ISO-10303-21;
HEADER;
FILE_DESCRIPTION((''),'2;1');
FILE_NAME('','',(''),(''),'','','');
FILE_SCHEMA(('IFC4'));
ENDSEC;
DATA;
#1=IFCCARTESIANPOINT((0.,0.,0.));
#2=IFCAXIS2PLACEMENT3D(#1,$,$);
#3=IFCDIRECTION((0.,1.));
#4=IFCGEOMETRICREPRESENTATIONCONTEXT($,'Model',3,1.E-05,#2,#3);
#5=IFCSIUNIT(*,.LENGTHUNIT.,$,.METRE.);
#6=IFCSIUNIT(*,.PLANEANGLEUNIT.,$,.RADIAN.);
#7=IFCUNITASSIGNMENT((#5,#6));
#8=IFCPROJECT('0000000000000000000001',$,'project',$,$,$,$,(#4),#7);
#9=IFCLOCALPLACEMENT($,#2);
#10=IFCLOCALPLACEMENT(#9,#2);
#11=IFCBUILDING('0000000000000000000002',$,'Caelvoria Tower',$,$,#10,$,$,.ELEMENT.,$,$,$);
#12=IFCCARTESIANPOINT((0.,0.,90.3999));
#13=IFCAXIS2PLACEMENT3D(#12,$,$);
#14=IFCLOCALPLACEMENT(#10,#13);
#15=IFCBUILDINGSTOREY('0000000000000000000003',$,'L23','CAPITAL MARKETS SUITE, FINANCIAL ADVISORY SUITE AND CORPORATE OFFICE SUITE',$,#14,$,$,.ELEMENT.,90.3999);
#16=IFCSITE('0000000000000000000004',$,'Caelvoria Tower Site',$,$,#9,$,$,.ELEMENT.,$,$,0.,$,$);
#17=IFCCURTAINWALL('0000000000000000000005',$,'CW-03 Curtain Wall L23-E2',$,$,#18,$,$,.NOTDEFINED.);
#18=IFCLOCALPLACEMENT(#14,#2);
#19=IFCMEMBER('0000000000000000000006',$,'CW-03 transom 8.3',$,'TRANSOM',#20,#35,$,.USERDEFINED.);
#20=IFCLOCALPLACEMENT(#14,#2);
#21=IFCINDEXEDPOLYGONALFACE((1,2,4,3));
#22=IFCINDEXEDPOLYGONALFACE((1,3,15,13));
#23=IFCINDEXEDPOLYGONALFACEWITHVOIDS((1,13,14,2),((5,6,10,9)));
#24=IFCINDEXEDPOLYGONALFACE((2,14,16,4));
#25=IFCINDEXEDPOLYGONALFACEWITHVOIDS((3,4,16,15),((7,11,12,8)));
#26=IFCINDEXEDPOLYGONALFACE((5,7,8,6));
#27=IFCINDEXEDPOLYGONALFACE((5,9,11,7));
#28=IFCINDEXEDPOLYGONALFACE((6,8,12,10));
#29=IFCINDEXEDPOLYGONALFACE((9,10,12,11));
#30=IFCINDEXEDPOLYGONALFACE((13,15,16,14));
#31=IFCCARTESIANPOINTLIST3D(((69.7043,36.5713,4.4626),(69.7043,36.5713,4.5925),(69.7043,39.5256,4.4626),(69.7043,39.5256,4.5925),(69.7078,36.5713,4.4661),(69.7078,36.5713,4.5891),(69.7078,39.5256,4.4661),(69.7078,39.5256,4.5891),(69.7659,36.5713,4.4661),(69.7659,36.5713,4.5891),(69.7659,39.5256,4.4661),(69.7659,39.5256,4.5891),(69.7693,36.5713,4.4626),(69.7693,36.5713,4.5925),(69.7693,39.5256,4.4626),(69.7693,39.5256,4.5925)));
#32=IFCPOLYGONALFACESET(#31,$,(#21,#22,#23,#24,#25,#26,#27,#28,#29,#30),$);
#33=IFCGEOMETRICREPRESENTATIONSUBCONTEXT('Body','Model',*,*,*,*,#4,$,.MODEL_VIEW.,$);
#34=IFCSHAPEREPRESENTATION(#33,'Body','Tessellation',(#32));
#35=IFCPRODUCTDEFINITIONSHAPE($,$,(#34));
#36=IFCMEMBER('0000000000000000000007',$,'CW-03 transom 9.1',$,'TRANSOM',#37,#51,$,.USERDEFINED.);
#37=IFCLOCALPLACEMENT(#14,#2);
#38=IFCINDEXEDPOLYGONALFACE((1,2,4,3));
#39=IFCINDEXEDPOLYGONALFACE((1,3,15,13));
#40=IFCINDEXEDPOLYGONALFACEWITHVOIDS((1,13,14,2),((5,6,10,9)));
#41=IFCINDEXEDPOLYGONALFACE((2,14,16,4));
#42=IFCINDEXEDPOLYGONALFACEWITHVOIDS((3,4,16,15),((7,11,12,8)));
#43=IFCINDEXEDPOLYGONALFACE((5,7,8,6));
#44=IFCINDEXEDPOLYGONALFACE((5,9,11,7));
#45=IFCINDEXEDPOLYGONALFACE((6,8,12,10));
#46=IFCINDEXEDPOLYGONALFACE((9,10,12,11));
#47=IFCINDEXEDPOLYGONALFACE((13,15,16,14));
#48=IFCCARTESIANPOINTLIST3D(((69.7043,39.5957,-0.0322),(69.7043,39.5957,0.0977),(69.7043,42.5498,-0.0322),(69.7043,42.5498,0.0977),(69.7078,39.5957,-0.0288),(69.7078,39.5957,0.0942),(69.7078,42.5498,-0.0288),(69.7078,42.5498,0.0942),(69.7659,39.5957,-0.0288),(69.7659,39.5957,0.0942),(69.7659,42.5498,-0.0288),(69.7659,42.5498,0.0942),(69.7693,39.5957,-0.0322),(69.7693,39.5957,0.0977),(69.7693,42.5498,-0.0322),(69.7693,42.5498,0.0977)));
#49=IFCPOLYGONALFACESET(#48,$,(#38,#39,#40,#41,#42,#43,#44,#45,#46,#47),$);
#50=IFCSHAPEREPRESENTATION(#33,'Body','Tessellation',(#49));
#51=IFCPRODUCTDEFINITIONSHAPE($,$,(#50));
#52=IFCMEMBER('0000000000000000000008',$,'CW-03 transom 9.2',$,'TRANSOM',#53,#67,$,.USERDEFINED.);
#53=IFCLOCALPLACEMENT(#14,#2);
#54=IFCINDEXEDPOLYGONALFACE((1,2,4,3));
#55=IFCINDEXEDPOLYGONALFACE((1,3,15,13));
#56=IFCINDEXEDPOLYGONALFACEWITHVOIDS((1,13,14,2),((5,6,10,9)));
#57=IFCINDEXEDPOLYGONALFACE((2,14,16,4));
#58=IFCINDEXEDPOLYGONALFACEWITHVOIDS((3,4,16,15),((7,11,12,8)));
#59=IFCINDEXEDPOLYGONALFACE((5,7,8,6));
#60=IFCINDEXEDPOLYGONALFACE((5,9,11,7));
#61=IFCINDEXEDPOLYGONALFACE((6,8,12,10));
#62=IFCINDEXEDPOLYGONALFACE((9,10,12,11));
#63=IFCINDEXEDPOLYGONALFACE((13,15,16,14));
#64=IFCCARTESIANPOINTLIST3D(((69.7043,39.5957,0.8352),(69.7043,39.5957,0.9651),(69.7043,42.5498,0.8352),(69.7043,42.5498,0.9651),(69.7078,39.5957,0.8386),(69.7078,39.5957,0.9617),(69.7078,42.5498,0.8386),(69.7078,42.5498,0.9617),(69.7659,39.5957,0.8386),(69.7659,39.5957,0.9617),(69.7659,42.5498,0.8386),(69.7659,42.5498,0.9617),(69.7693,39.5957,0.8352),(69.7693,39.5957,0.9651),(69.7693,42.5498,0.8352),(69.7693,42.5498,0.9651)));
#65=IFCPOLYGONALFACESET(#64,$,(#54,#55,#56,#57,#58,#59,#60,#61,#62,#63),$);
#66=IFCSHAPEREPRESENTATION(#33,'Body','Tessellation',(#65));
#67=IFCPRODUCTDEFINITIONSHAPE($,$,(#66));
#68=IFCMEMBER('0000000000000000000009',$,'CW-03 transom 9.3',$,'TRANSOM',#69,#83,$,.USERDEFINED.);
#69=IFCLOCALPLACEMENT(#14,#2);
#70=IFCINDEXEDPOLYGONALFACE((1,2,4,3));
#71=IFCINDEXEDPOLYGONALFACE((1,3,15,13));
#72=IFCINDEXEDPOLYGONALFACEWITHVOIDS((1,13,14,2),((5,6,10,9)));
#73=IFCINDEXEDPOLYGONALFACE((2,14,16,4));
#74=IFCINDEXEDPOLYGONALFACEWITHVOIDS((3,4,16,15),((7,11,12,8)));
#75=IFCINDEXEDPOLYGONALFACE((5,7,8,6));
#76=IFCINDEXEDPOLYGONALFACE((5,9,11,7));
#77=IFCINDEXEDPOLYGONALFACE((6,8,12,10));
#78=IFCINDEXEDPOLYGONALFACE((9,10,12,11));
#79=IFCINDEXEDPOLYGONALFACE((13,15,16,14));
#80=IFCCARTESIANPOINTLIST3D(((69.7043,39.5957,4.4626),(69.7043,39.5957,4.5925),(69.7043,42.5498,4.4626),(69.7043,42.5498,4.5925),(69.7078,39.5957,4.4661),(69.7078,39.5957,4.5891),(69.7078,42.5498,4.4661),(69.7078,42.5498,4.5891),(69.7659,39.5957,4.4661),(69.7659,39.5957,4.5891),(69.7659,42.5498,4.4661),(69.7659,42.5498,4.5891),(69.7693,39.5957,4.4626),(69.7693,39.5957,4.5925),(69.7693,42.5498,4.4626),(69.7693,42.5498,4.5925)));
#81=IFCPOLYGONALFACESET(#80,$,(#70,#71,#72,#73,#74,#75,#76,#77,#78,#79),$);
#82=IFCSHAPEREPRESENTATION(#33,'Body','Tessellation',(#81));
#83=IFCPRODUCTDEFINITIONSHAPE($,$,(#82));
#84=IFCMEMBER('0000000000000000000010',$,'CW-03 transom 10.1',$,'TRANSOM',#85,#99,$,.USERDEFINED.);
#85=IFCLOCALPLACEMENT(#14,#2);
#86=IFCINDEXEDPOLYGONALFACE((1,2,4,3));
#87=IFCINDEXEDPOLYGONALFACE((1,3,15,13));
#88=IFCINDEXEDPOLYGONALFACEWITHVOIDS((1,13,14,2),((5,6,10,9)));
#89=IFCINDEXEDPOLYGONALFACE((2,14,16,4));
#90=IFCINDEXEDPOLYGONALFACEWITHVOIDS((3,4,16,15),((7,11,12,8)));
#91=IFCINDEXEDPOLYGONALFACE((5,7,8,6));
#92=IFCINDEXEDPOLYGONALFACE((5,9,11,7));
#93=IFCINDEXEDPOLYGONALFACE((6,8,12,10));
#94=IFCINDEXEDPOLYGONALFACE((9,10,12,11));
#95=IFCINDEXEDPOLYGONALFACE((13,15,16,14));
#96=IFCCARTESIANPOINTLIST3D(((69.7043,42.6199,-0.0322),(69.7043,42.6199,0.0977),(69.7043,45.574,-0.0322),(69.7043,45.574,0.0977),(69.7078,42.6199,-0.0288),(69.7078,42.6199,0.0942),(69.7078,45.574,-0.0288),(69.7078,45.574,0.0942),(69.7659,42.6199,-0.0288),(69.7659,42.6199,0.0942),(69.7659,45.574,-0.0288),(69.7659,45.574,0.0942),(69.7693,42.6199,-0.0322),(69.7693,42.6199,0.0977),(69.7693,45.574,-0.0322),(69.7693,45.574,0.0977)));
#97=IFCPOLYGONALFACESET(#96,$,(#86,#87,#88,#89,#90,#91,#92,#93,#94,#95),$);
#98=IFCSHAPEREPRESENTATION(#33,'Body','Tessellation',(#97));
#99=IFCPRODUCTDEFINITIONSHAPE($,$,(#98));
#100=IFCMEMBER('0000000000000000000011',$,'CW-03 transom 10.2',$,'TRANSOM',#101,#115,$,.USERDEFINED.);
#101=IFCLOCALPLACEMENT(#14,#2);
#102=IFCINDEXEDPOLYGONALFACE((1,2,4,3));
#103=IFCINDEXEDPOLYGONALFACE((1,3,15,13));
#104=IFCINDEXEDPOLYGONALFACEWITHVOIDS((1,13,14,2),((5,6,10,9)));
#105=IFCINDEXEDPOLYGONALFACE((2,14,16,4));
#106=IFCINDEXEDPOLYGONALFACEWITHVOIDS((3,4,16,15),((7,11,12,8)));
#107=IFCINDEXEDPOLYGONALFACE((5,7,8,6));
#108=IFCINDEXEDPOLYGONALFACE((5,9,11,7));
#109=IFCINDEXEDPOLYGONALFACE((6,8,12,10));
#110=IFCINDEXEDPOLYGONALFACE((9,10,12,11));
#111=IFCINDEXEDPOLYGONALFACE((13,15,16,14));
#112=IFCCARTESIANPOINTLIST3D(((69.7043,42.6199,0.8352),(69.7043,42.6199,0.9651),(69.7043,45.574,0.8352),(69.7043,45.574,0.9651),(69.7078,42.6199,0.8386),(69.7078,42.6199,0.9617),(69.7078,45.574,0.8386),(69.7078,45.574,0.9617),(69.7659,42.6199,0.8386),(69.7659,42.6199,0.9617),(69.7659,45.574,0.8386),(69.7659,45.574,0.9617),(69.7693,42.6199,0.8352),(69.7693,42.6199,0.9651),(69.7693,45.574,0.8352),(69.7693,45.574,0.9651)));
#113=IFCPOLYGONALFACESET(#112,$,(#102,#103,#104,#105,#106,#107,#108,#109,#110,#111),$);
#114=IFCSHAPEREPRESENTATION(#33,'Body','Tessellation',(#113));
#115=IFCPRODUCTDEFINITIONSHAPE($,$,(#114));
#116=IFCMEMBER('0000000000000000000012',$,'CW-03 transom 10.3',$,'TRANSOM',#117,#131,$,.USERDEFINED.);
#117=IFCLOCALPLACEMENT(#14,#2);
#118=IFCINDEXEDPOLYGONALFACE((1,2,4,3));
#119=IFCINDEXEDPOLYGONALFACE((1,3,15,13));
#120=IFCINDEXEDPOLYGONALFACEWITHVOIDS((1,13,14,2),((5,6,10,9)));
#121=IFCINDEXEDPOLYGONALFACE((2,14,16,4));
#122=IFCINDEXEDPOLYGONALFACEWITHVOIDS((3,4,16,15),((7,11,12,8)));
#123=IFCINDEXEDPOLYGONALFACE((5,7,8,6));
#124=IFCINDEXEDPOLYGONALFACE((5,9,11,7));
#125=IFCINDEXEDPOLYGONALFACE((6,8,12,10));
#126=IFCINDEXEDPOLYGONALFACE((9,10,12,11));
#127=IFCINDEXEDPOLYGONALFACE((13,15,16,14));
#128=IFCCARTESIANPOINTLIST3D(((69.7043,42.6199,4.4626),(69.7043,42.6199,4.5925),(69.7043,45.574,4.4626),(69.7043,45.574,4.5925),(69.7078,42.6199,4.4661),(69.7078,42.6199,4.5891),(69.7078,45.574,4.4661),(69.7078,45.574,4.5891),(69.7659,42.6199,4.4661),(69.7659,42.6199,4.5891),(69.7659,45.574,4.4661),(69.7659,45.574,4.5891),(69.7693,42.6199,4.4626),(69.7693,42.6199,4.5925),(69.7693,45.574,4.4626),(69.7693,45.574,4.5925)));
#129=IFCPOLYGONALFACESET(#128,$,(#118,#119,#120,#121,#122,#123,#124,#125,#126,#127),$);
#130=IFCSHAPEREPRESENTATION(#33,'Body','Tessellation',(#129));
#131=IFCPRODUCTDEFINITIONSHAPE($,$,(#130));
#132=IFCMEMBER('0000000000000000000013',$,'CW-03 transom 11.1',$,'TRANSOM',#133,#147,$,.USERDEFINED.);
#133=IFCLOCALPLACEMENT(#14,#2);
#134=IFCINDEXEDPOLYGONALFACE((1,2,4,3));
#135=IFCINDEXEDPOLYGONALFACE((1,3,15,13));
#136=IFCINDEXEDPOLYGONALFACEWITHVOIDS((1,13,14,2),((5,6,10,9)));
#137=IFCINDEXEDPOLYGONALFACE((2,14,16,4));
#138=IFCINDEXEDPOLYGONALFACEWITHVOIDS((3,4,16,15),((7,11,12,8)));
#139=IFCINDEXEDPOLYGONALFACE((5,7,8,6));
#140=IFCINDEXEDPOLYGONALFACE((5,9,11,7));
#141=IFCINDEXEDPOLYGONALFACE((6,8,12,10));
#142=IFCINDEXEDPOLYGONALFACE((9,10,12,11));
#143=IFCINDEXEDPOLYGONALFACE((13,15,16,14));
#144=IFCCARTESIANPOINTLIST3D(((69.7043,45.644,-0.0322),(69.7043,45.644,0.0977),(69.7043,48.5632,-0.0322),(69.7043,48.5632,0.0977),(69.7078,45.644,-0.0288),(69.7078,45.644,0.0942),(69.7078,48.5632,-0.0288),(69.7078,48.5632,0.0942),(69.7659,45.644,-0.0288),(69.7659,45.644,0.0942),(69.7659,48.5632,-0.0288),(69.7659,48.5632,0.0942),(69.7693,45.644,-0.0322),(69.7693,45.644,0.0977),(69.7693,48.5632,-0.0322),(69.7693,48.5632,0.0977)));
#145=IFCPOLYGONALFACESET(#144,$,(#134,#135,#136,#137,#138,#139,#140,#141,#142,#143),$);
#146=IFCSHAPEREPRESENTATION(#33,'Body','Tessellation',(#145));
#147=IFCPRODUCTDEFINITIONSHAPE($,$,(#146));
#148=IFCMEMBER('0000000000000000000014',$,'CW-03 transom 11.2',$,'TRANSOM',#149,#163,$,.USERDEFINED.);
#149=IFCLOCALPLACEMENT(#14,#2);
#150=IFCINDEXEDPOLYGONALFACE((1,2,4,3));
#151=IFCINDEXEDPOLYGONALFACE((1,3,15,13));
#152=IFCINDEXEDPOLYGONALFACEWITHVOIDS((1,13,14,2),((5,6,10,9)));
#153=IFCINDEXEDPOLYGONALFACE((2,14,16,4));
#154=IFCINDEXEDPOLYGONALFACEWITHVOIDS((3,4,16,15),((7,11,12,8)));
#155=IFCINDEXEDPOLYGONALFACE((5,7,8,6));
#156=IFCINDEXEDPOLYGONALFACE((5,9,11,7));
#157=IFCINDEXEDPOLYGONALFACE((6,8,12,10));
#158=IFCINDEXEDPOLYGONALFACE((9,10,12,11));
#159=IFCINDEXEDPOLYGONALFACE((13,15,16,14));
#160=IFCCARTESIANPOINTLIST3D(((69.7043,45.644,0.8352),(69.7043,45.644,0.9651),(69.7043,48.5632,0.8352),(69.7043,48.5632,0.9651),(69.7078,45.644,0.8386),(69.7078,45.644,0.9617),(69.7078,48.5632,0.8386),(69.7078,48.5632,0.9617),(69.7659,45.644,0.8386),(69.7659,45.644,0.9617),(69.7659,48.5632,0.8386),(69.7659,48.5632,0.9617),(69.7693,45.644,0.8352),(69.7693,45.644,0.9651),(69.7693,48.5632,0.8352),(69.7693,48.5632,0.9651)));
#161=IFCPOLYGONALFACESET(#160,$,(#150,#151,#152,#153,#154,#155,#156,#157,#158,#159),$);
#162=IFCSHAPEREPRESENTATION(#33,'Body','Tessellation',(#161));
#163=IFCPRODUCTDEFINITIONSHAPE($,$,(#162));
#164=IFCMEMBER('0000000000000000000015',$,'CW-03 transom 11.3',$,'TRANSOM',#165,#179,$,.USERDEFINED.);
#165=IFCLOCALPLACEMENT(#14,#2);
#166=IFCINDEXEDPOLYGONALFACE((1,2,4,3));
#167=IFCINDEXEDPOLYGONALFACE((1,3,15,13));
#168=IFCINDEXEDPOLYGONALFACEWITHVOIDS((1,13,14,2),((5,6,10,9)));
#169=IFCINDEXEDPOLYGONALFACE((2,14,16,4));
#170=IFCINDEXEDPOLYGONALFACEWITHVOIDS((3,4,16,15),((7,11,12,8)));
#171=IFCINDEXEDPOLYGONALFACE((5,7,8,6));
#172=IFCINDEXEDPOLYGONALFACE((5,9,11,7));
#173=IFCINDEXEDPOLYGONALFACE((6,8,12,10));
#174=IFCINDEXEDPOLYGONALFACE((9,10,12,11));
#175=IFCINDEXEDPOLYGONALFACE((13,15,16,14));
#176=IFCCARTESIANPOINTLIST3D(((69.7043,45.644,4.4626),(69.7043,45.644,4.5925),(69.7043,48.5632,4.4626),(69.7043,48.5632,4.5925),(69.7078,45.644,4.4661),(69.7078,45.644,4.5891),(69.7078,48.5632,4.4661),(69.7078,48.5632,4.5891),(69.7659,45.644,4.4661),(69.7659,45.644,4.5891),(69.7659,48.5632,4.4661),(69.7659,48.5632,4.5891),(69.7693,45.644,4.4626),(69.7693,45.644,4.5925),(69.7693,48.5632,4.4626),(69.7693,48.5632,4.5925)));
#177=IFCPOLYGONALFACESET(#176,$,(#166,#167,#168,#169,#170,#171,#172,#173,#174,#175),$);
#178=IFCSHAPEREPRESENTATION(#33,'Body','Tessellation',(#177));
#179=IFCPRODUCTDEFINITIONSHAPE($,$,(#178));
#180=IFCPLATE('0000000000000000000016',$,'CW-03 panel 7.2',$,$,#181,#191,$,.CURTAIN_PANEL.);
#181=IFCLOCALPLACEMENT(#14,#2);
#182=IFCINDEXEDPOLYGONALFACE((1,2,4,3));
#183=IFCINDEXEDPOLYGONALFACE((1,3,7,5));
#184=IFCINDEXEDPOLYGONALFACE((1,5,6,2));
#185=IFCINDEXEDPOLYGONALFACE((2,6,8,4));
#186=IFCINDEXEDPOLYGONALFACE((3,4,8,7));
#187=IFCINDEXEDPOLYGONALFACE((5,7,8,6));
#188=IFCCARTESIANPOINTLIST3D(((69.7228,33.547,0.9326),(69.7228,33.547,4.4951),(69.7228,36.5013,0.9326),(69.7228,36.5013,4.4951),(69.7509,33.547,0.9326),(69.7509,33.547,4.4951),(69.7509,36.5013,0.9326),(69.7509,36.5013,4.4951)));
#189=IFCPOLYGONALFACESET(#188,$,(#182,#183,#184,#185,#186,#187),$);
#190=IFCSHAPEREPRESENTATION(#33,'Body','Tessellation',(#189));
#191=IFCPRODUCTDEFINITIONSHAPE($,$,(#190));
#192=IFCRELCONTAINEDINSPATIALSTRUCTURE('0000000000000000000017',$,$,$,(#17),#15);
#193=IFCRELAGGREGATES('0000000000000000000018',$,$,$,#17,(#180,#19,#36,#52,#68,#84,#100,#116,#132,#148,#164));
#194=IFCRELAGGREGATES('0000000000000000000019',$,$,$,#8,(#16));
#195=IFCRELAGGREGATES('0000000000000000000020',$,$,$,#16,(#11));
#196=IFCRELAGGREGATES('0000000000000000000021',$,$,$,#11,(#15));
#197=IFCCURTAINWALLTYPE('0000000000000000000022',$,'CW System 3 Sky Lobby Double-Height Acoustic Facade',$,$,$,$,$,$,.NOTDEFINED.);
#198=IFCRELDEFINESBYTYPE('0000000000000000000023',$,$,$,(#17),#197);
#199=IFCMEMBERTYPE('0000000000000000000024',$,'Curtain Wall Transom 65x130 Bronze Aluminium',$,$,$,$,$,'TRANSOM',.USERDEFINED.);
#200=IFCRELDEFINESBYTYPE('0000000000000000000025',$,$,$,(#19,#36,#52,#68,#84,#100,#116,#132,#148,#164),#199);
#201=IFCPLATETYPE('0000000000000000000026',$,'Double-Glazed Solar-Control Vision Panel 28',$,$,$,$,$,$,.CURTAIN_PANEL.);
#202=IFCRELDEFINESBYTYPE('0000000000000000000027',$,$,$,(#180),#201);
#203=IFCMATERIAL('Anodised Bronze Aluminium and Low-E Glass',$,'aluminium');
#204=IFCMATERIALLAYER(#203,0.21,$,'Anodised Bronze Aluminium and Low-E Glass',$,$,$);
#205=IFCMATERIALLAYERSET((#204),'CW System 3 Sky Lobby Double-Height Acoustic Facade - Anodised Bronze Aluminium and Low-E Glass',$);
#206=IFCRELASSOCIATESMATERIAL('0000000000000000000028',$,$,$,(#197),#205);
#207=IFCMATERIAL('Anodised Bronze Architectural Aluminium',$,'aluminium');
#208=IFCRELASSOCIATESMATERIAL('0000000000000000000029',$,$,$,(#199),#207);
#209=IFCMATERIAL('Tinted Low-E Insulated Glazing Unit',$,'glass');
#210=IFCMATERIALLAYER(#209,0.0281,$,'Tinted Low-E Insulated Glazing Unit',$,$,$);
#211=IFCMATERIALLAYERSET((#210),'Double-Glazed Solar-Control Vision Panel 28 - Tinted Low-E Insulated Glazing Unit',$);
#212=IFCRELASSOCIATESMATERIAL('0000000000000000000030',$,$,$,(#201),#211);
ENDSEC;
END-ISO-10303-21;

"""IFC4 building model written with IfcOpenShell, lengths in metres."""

from ifc_helpers import new_model, si_unit, direction, frame, origin, origin_2d, place, context, subcontext, project, spatial, rectangle, hollow_rectangle, extrude, material, layer, layer_set, material_profile, profile_set, type_object, element, aggregate, save


model = new_model("IFC4")

# Units and contexts
model_context = context("Model", 3, precision=1e-05, world=origin(), true_north=direction((0.0, 1.0)))
body_context = subcontext(model_context, "Body", "Model", "MODEL_VIEW")
ifc_project = project(units=[si_unit("LENGTHUNIT", "METRE"), si_unit("PLANEANGLEUNIT", "RADIAN")], contexts=[model_context])

# Site, building, storey
site_placement = place(None, origin())
site = spatial("IfcSite", under=ifc_project, at=site_placement, Name="Caelvoria Tower Site", CompositionType="ELEMENT", RefElevation=0.0)
building_placement = place(site_placement, origin())
building = spatial("IfcBuilding", under=site, at=building_placement, Name="Caelvoria Tower", CompositionType="ELEMENT")
storey_placement = place(building_placement, frame((0.0, 0.0, 90.3999)))
storey = spatial("IfcBuildingStorey", under=building, at=storey_placement, Name="L23", Description="CAPITAL MARKETS SUITE, FINANCIAL ADVISORY SUITE AND CORPORATE OFFICE SUITE", CompositionType="ELEMENT", Elevation=90.3999)

# Curtain wall
ifc_material_1 = material(Name="Anodised Bronze Aluminium and Low-E Glass", Category="aluminium")
ifc_layer_1 = layer(ifc_material_1, 0.21, Name="Anodised Bronze Aluminium and Low-E Glass")
ifc_layer_set_1 = layer_set([ifc_layer_1], Name="CW System 3 Sky Lobby Double-Height Acoustic Facade - Anodised Bronze Aluminium and Low-E Glass")
curtain_wall_type = type_object("IfcCurtainWallType", Name="CW System 3 Sky Lobby Double-Height Acoustic Facade", PredefinedType="NOTDEFINED", material=ifc_layer_set_1)
curtain_wall_1_placement = place(storey_placement, origin())
curtain_wall_1 = element("IfcCurtainWall", 1, at=curtain_wall_1_placement, inside=storey, type_object=curtain_wall_type, Name="CW-03 Curtain Wall L23-E2", PredefinedType="NOTDEFINED")
ifc_material_2 = material(Name="Anodised Bronze Architectural Aluminium", Category="aluminium")

# Members
ifc_material_profile_1 = material_profile(ifc_material_2, hollow_rectangle(XDim=0.0649, YDim=0.1299, WallThickness=0.0034, at=origin_2d()), Name="Anodised Bronze Architectural Aluminium")
ifc_profile_set_1 = profile_set([ifc_material_profile_1], Name="CW_TRAN_65X130 - Anodised Bronze Architectural Aluminium")
member_type_1 = type_object("IfcMemberType", Name="Curtain Wall Transom 65x130 Bronze Aluminium", ElementType="TRANSOM", PredefinedType="USERDEFINED", material=ifc_profile_set_1)
member_1_placement = place(storey_placement, frame((69.7368, 36.5713, 4.5276), z_axis=(0.0, 1.0, 0.0), x_axis=(-1.0, 0.0, 0.0)))
member_1 = element("IfcMember", 2, at=member_1_placement, type_object=member_type_1, Name="CW-03 transom 8.3", ObjectType="TRANSOM", PredefinedType="USERDEFINED", context=body_context, shape_type="SweptSolid", body=[
    extrude(hollow_rectangle(XDim=0.0649, YDim=0.1299, WallThickness=0.0034, at=origin_2d()), origin(), (0.0, 0.0, 1.0), 2.9543),
])
member_2_placement = place(storey_placement, frame((69.7368, 39.5957, 0.0327), z_axis=(0.0, 1.0, 0.0), x_axis=(-1.0, 0.0, 0.0)))
member_2 = element("IfcMember", 3, at=member_2_placement, type_object=member_type_1, Name="CW-03 transom 9.1", ObjectType="TRANSOM", PredefinedType="USERDEFINED", context=body_context, shape_type="SweptSolid", body=[
    extrude(hollow_rectangle(XDim=0.0649, YDim=0.1299, WallThickness=0.0034, at=origin_2d()), origin(), (0.0, 0.0, 1.0), 2.9541),
])
member_3_placement = place(storey_placement, frame((69.7368, 39.5957, 0.9001), z_axis=(0.0, 1.0, 0.0), x_axis=(-1.0, 0.0, 0.0)))
member_3 = element("IfcMember", 4, at=member_3_placement, type_object=member_type_1, Name="CW-03 transom 9.2", ObjectType="TRANSOM", PredefinedType="USERDEFINED", context=body_context, shape_type="SweptSolid", body=[
    extrude(hollow_rectangle(XDim=0.0649, YDim=0.1299, WallThickness=0.0034, at=origin_2d()), origin(), (0.0, 0.0, 1.0), 2.9541),
])
member_4_placement = place(storey_placement, frame((69.7368, 39.5957, 4.5276), z_axis=(0.0, 1.0, 0.0), x_axis=(-1.0, 0.0, 0.0)))
member_4 = element("IfcMember", 5, at=member_4_placement, type_object=member_type_1, Name="CW-03 transom 9.3", ObjectType="TRANSOM", PredefinedType="USERDEFINED", context=body_context, shape_type="SweptSolid", body=[
    extrude(hollow_rectangle(XDim=0.0649, YDim=0.1299, WallThickness=0.0034, at=origin_2d()), origin(), (0.0, 0.0, 1.0), 2.9541),
])
member_5_placement = place(storey_placement, frame((69.7368, 42.6199, 0.0327), z_axis=(0.0, 1.0, 0.0), x_axis=(-1.0, 0.0, 0.0)))
member_5 = element("IfcMember", 6, at=member_5_placement, type_object=member_type_1, Name="CW-03 transom 10.1", ObjectType="TRANSOM", PredefinedType="USERDEFINED", context=body_context, shape_type="SweptSolid", body=[
    extrude(hollow_rectangle(XDim=0.0649, YDim=0.1299, WallThickness=0.0034, at=origin_2d()), origin(), (0.0, 0.0, 1.0), 2.9541),
])
member_6_placement = place(storey_placement, frame((69.7368, 42.6199, 0.9001), z_axis=(0.0, 1.0, 0.0), x_axis=(-1.0, 0.0, 0.0)))
member_6 = element("IfcMember", 7, at=member_6_placement, type_object=member_type_1, Name="CW-03 transom 10.2", ObjectType="TRANSOM", PredefinedType="USERDEFINED", context=body_context, shape_type="SweptSolid", body=[
    extrude(hollow_rectangle(XDim=0.0649, YDim=0.1299, WallThickness=0.0034, at=origin_2d()), origin(), (0.0, 0.0, 1.0), 2.9541),
])
member_7_placement = place(storey_placement, frame((69.7368, 42.6199, 4.5276), z_axis=(0.0, 1.0, 0.0), x_axis=(-1.0, 0.0, 0.0)))
member_7 = element("IfcMember", 8, at=member_7_placement, type_object=member_type_1, Name="CW-03 transom 10.3", ObjectType="TRANSOM", PredefinedType="USERDEFINED", context=body_context, shape_type="SweptSolid", body=[
    extrude(hollow_rectangle(XDim=0.0649, YDim=0.1299, WallThickness=0.0034, at=origin_2d()), origin(), (0.0, 0.0, 1.0), 2.9541),
])
member_8_placement = place(storey_placement, frame((69.7368, 45.644, 0.0327), z_axis=(0.0, 1.0, 0.0), x_axis=(-1.0, 0.0, 0.0)))
member_8 = element("IfcMember", 9, at=member_8_placement, type_object=member_type_1, Name="CW-03 transom 11.1", ObjectType="TRANSOM", PredefinedType="USERDEFINED", context=body_context, shape_type="SweptSolid", body=[
    extrude(hollow_rectangle(XDim=0.0649, YDim=0.1299, WallThickness=0.0034, at=origin_2d()), origin(), (0.0, 0.0, 1.0), 2.9192),
])
member_9_placement = place(storey_placement, frame((69.7368, 45.644, 0.9001), z_axis=(0.0, 1.0, 0.0), x_axis=(-1.0, 0.0, 0.0)))
member_9 = element("IfcMember", 10, at=member_9_placement, type_object=member_type_1, Name="CW-03 transom 11.2", ObjectType="TRANSOM", PredefinedType="USERDEFINED", context=body_context, shape_type="SweptSolid", body=[
    extrude(hollow_rectangle(XDim=0.0649, YDim=0.1299, WallThickness=0.0034, at=origin_2d()), origin(), (0.0, 0.0, 1.0), 2.9192),
])
member_10_placement = place(storey_placement, frame((69.7368, 45.644, 4.5276), z_axis=(0.0, 1.0, 0.0), x_axis=(-1.0, 0.0, 0.0)))
member_10 = element("IfcMember", 11, at=member_10_placement, type_object=member_type_1, Name="CW-03 transom 11.3", ObjectType="TRANSOM", PredefinedType="USERDEFINED", context=body_context, shape_type="SweptSolid", body=[
    extrude(hollow_rectangle(XDim=0.0649, YDim=0.1299, WallThickness=0.0034, at=origin_2d()), origin(), (0.0, 0.0, 1.0), 2.9192),
])

# Plate
ifc_material_3 = material(Name="Tinted Low-E Insulated Glazing Unit", Category="glass")
ifc_layer_2 = layer(ifc_material_3, 0.0281, Name="Tinted Low-E Insulated Glazing Unit")
ifc_layer_set_2 = layer_set([ifc_layer_2], Name="Double-Glazed Solar-Control Vision Panel 28 - Tinted Low-E Insulated Glazing Unit")
plate_type_1 = type_object("IfcPlateType", Name="Double-Glazed Solar-Control Vision Panel 28", PredefinedType="CURTAIN_PANEL", material=ifc_layer_set_2)
plate_1_placement = place(storey_placement, frame((69.7368, 35.0242, 0.9326), z_axis=(0.0, 0.0, 1.0), x_axis=(0.0, 1.0, 0.0)))
plate_1 = element("IfcPlate", 12, at=plate_1_placement, type_object=plate_type_1, Name="CW-03 panel 7.2", PredefinedType="CURTAIN_PANEL", context=body_context, shape_type="SweptSolid", body=[
    extrude(rectangle(XDim=2.9543, YDim=0.0281, at=origin_2d()), origin(), (0.0, 0.0, 1.0), 3.5625),
])
aggregate(curtain_wall_1, [plate_1, member_1, member_2, member_3, member_4, member_5, member_6, member_7, member_8, member_9, member_10])

save(model, "model.ifc")
